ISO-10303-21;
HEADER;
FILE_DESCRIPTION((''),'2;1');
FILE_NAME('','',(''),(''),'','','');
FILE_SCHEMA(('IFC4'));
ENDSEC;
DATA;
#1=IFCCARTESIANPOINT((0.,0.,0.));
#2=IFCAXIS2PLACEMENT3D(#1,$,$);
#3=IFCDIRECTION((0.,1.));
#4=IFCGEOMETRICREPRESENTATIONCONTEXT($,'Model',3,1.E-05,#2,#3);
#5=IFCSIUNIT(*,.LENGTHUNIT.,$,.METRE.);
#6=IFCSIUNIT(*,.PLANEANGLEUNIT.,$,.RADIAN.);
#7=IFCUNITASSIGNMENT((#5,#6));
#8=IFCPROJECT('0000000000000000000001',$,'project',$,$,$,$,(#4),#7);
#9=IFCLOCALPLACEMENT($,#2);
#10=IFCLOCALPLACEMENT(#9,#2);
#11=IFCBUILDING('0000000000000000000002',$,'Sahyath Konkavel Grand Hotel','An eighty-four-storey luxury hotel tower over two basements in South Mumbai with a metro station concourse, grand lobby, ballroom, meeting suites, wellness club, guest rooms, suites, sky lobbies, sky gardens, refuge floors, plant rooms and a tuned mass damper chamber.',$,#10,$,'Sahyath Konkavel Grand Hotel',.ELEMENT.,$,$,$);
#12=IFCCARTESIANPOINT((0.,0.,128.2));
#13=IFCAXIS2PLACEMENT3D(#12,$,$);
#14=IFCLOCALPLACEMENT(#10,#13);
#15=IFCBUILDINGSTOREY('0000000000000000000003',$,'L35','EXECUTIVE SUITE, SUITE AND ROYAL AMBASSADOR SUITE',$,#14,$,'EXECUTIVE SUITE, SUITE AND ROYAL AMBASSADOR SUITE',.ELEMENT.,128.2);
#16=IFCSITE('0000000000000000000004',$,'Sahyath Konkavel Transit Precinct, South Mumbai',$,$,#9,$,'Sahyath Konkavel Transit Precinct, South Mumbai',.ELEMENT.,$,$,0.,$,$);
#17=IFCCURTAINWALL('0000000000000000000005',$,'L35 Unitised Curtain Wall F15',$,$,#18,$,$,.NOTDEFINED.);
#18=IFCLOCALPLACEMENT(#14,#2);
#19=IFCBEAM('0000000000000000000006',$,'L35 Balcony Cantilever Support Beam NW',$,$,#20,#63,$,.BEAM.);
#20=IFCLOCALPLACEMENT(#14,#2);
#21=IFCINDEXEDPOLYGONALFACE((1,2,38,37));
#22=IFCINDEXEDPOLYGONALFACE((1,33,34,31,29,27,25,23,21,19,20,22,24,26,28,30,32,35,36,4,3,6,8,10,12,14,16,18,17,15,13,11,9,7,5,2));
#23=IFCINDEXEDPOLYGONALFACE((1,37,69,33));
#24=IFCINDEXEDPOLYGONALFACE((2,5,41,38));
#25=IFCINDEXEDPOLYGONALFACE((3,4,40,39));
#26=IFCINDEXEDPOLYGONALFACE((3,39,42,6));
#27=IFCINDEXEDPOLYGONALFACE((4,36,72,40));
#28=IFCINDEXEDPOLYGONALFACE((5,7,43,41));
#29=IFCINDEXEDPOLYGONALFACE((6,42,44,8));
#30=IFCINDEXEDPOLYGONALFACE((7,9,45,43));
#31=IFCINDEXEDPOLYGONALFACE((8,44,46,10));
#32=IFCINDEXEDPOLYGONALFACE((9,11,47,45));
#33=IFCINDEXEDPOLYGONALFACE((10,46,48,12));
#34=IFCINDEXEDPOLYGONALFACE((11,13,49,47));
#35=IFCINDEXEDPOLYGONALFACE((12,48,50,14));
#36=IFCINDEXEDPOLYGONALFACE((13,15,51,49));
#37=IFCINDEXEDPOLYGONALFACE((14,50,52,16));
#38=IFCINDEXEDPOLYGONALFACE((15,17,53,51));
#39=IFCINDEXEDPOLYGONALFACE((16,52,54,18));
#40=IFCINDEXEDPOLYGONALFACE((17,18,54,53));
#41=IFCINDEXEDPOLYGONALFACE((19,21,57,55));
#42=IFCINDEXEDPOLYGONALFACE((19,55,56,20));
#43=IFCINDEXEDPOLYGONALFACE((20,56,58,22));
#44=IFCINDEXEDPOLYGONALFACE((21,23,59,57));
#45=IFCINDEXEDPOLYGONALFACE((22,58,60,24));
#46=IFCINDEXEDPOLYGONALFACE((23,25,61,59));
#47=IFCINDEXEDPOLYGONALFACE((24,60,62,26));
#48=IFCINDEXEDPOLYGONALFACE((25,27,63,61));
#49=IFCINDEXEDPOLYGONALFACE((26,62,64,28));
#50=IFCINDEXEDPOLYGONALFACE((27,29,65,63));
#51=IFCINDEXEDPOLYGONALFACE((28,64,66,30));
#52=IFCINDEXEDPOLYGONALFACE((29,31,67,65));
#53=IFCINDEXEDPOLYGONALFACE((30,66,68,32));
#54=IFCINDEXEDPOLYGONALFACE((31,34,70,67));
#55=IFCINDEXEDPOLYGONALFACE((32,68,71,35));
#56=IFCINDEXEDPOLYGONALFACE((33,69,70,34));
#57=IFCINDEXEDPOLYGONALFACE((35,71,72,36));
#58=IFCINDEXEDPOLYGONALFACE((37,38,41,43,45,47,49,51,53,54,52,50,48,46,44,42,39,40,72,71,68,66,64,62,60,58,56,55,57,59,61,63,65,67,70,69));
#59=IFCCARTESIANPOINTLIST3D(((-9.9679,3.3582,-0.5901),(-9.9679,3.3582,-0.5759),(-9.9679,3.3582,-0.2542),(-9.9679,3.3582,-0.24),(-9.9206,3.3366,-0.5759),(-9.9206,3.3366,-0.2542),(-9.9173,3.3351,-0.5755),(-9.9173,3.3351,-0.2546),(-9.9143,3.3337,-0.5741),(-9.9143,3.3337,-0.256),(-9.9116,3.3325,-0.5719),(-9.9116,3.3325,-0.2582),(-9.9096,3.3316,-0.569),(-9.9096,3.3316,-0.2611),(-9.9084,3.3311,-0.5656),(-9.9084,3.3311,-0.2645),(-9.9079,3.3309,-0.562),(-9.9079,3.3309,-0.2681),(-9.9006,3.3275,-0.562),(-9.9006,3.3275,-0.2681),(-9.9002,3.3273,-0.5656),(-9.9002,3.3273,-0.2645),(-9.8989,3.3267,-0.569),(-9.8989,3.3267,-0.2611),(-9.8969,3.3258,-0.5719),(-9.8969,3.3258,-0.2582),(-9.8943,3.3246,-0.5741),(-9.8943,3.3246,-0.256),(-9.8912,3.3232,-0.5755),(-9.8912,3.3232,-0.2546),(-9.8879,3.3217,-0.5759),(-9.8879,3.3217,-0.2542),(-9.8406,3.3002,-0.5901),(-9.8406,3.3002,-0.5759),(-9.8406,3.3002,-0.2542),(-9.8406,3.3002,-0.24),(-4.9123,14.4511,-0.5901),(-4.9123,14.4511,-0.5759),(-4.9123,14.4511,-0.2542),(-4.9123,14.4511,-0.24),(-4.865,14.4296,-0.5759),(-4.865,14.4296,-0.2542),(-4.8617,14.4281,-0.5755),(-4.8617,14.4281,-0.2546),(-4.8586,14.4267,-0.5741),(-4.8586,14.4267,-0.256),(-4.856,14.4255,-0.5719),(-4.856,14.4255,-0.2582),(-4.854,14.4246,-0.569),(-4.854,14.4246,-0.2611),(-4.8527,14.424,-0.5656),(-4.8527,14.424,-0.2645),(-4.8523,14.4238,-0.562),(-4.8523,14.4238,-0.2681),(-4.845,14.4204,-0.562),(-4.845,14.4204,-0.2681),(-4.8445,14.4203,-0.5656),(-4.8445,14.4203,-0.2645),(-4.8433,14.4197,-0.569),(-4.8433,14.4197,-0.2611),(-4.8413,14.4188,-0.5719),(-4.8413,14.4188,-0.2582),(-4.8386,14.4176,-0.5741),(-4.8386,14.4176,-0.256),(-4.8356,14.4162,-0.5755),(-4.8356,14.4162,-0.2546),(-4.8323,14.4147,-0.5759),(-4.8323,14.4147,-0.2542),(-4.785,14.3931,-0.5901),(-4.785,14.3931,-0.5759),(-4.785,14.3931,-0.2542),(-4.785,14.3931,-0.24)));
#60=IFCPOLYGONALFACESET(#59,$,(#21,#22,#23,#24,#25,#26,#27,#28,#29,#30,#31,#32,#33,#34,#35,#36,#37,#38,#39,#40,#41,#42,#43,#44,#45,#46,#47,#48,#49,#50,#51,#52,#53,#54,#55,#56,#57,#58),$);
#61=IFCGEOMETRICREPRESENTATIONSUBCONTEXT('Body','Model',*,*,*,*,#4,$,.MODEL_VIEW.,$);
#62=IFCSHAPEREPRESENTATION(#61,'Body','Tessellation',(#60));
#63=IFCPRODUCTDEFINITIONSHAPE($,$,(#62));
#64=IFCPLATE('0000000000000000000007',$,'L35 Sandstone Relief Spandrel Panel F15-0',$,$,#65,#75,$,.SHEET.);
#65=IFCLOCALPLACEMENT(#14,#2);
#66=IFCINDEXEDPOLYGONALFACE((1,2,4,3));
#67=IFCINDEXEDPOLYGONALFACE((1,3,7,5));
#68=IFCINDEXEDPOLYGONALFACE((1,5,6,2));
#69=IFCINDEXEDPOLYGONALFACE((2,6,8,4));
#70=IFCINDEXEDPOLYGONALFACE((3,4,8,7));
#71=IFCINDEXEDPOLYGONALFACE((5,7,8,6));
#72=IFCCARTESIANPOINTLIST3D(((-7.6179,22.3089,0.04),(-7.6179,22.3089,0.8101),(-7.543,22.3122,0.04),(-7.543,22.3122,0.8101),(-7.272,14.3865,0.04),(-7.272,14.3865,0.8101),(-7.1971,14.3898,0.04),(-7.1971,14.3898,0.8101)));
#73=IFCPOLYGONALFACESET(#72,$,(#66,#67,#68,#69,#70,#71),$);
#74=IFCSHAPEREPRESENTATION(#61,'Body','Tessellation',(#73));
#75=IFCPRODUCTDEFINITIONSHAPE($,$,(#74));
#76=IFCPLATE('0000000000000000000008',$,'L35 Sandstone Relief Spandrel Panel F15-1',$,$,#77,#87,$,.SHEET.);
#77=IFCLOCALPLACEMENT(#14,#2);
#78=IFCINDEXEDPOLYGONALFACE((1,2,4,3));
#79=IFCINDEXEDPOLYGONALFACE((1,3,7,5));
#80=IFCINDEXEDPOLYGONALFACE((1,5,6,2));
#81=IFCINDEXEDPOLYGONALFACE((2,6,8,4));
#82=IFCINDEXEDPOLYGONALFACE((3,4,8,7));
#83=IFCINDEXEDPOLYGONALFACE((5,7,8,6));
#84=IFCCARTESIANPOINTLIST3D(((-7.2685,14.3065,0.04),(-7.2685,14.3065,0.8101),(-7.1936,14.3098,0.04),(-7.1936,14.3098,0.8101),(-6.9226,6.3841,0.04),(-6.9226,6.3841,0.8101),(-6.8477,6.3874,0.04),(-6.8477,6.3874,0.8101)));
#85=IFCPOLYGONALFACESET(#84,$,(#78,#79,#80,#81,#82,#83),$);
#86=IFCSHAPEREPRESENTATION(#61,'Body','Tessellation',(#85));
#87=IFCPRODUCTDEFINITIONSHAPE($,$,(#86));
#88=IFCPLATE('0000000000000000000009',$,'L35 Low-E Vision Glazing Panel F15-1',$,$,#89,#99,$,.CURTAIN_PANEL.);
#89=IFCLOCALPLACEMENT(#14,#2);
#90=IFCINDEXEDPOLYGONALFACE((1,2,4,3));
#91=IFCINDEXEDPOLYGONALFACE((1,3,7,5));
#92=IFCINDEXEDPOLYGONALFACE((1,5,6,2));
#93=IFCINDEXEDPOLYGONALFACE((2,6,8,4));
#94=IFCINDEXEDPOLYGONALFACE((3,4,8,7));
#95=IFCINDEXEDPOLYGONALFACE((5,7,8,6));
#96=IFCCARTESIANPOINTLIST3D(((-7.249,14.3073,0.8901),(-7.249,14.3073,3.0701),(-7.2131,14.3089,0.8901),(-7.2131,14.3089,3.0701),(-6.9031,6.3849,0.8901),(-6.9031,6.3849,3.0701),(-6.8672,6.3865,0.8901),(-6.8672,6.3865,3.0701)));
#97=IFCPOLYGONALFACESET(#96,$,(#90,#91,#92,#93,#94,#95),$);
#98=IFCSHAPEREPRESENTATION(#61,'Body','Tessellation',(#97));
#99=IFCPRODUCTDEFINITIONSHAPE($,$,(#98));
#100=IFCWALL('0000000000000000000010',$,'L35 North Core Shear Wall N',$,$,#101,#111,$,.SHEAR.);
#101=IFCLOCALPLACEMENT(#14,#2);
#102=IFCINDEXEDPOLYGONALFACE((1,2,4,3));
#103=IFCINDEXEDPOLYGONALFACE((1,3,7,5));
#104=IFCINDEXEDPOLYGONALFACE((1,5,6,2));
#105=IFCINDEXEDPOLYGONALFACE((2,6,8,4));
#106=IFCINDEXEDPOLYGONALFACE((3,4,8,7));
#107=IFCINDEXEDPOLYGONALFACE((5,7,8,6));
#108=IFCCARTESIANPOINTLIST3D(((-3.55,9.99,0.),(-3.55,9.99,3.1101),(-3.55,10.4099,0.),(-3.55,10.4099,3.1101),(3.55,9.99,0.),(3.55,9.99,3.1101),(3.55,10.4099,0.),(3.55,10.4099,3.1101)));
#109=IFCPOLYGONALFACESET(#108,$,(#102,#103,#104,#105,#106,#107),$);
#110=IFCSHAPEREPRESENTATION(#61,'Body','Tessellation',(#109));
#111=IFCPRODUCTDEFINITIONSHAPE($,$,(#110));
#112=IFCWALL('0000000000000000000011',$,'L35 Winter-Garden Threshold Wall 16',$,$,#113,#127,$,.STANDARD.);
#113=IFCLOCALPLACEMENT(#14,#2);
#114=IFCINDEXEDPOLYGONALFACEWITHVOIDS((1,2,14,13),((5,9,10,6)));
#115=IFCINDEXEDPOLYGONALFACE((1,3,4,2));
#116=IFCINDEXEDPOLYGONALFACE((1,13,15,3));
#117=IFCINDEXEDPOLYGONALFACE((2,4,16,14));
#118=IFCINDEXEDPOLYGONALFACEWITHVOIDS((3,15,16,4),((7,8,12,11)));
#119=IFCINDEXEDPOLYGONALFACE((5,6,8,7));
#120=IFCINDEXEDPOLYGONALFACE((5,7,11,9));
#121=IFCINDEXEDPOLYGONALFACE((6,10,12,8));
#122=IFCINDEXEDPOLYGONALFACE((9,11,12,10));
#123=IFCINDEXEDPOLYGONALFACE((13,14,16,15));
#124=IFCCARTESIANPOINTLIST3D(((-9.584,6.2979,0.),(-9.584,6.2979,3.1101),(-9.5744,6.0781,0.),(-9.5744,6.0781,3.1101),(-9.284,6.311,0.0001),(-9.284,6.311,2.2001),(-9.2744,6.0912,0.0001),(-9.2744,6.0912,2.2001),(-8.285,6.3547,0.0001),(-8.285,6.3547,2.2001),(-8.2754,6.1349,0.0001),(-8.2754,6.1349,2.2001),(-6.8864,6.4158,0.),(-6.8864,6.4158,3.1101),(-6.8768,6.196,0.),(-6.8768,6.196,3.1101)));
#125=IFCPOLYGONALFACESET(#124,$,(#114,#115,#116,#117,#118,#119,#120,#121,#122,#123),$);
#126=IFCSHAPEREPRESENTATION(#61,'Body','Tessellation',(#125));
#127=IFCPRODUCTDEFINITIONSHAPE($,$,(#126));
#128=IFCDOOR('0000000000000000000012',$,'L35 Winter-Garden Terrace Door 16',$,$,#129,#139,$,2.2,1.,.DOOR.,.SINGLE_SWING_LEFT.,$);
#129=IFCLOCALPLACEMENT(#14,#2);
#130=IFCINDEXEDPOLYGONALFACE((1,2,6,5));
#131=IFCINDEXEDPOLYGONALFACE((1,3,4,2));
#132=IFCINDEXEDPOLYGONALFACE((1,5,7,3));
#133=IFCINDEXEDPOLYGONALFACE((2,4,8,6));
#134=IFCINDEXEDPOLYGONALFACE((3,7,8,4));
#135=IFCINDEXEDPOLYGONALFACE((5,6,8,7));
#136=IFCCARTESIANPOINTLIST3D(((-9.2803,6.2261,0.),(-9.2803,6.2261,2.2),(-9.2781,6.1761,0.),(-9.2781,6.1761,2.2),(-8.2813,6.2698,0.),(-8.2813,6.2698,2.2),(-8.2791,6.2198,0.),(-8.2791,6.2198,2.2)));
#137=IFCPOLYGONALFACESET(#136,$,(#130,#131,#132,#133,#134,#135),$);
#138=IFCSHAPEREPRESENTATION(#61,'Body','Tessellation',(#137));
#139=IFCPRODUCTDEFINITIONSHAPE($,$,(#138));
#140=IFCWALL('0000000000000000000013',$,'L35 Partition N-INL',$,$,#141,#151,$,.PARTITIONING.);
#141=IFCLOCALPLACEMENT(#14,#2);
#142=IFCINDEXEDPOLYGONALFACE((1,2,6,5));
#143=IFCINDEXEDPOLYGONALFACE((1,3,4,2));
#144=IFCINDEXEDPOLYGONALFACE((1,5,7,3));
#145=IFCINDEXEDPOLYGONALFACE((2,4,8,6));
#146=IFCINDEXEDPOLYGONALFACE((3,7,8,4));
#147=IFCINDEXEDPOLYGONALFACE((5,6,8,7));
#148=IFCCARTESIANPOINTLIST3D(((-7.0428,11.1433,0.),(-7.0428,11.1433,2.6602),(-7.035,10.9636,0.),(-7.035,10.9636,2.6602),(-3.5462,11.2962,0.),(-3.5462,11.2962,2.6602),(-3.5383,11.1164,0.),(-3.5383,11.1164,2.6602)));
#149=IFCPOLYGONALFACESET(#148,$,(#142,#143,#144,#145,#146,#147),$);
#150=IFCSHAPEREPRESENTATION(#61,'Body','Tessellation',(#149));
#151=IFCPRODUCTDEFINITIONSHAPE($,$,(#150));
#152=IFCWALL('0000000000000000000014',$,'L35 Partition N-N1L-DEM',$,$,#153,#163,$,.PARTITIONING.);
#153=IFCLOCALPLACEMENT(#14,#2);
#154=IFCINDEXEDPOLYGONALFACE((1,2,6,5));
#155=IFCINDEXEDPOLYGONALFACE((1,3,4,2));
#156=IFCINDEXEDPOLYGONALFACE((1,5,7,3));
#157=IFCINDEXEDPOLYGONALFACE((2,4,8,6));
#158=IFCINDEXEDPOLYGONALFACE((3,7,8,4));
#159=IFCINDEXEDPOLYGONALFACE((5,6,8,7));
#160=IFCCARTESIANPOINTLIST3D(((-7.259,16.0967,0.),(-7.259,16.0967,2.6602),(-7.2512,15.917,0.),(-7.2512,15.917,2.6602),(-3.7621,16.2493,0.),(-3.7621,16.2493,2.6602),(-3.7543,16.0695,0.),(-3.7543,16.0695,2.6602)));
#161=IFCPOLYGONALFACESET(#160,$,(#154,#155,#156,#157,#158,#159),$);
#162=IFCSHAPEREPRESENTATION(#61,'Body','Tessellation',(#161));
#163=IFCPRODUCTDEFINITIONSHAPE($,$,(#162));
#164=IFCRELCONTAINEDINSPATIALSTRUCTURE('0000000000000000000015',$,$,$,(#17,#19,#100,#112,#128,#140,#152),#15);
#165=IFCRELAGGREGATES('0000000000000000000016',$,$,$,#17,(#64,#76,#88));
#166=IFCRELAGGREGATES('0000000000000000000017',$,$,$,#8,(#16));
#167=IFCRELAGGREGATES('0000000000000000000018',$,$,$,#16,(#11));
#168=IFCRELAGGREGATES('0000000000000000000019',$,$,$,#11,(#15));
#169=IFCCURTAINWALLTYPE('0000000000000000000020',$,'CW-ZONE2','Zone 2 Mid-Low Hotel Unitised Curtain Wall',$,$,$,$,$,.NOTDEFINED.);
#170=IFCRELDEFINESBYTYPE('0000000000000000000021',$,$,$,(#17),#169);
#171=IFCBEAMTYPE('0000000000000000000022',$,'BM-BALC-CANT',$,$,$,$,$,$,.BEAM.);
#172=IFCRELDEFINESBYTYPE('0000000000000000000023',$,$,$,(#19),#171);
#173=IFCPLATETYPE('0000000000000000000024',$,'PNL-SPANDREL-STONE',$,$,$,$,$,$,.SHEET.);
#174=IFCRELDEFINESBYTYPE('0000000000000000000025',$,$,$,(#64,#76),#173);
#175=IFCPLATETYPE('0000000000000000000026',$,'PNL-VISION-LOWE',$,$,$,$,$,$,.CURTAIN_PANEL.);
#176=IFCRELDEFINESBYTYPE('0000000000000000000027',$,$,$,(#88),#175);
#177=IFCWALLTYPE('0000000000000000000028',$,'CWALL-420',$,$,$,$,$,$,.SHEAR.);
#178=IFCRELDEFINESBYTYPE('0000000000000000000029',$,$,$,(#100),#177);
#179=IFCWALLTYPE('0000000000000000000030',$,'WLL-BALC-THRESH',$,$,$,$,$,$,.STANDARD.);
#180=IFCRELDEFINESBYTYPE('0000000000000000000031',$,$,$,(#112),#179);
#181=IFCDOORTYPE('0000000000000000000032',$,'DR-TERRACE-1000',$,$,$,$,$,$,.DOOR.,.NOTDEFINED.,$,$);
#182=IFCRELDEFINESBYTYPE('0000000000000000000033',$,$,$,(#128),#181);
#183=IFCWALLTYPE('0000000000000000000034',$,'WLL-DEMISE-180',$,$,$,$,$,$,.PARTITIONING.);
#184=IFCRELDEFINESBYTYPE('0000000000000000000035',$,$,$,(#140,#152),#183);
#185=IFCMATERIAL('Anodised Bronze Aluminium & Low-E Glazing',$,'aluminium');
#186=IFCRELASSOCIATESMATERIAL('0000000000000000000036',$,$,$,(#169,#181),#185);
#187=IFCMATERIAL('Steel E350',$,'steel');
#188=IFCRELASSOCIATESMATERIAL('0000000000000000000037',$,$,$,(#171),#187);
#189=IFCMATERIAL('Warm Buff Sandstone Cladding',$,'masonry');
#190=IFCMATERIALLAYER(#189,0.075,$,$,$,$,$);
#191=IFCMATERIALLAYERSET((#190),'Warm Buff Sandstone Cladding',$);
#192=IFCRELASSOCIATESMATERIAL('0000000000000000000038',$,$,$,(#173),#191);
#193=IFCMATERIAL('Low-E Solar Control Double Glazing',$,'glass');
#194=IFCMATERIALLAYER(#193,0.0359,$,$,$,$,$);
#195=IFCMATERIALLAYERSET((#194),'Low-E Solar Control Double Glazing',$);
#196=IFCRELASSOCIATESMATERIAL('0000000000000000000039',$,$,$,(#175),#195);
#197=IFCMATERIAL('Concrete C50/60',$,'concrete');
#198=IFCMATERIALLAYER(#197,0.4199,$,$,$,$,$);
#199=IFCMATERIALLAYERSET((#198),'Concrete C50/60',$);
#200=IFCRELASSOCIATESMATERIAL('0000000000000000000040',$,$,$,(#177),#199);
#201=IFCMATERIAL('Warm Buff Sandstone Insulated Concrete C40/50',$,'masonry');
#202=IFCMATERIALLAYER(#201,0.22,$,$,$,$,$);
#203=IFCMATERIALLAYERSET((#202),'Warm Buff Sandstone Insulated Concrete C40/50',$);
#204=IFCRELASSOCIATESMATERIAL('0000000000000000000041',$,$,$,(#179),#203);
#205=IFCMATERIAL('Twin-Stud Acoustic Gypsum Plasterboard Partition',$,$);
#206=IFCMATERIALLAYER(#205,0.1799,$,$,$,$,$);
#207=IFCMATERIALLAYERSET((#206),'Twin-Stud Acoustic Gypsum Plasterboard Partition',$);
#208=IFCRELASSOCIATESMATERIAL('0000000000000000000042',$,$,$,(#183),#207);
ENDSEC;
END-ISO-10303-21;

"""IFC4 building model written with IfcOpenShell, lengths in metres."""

from ifc_helpers import new_model, si_unit, direction, frame, frame_2d, origin, origin_2d, place, context, subcontext, project, spatial, rectangle, i_section, extrude, source, transform, mapped, material, layer, layer_set, material_profile, profile_set, type_object, element, fill, aggregate, save


model = new_model("IFC4")

# Units and contexts
model_context = context("Model", 3, precision=1e-05, world=origin(), true_north=direction((0.0, 1.0)))
body_context = subcontext(model_context, "Body", "Model", "MODEL_VIEW")
ifc_project = project(units=[si_unit("LENGTHUNIT", "METRE"), si_unit("PLANEANGLEUNIT", "RADIAN")], contexts=[model_context])

# Site, building, storey
site_placement = place(None, origin())
site = spatial("IfcSite", under=ifc_project, at=site_placement, Name="Sahyath Konkavel Transit Precinct, South Mumbai", LongName="Sahyath Konkavel Transit Precinct, South Mumbai", CompositionType="ELEMENT", RefElevation=0.0)
building_placement = place(site_placement, origin())
building = spatial("IfcBuilding", under=site, at=building_placement, Name="Sahyath Konkavel Grand Hotel", Description="An eighty-four-storey luxury hotel tower over two basements in South Mumbai with a metro station concourse, grand lobby, ballroom, meeting suites, wellness club, guest rooms, suites, sky lobbies, sky gardens, refuge floors, plant rooms and a tuned mass damper chamber.", LongName="Sahyath Konkavel Grand Hotel", CompositionType="ELEMENT")
storey_placement = place(building_placement, frame((0.0, 0.0, 128.2)))
storey = spatial("IfcBuildingStorey", under=building, at=storey_placement, Name="L35", Description="EXECUTIVE SUITE, SUITE AND ROYAL AMBASSADOR SUITE", LongName="EXECUTIVE SUITE, SUITE AND ROYAL AMBASSADOR SUITE", CompositionType="ELEMENT", Elevation=128.2)

# Shared definitions
ifc_material_1 = material(Name="Steel E350", Category="steel")

# Curtain wall
ifc_material_2 = material(Name="Anodised Bronze Aluminium & Low-E Glazing", Category="aluminium")
curtain_wall_type = type_object("IfcCurtainWallType", Name="CW-ZONE2", Description="Zone 2 Mid-Low Hotel Unitised Curtain Wall", PredefinedType="NOTDEFINED", material=ifc_material_2)
curtain_wall_placement = place(storey_placement, origin())
curtain_wall = element("IfcCurtainWall", 1, at=curtain_wall_placement, inside=storey, type_object=curtain_wall_type, Name="L35 Unitised Curtain Wall F15", PredefinedType="NOTDEFINED")

# Beam
ifc_material_profile_1 = material_profile(ifc_material_1, i_section(OverallWidth=0.1399, OverallDepth=0.3501, WebThickness=0.0081, FlangeThickness=0.0142, FilletRadius=0.0139, at=origin_2d()), Name="ISMB 350")
ifc_profile_set_1 = profile_set([ifc_material_profile_1], Name="Steel E350")
beam_type_1 = type_object("IfcBeamType", Name="BM-BALC-CANT", PredefinedType="BEAM", material=ifc_profile_set_1)
shared_shape_1 = source(origin(), body_context, "Body", "SweptSolid", [
    extrude(i_section(OverallWidth=0.1399, OverallDepth=0.3501, WebThickness=0.0081, FlangeThickness=0.0142, FilletRadius=0.0139, at=origin_2d()), origin(), (0.0, 0.0, 1.0), 12.1907),
])
beam_1_placement = place(storey_placement, frame((-4.8486, 14.4221, -0.415), z_axis=(-0.414713, -0.909952, 0.0), x_axis=(0.909952, -0.414713, 0.0)))
element("IfcBeam", 2, at=beam_1_placement, inside=storey, type_object=beam_type_1, Name="L35 Balcony Cantilever Support Beam NW", PredefinedType="BEAM", context=body_context, shape_type="MappedRepresentation", body=[
    mapped(shared_shape_1, transform((0.0, 0.0, 0.0), scale=1.0)),
])

# Plates
ifc_material_3 = material(Name="Warm Buff Sandstone Cladding", Category="masonry")
ifc_layer_1 = layer(ifc_material_3, 0.075)
ifc_layer_set_1 = layer_set([ifc_layer_1], Name="Warm Buff Sandstone Cladding")
plate_type_1 = type_object("IfcPlateType", Name="PNL-SPANDREL-STONE", PredefinedType="SHEET", material=ifc_layer_set_1)
shared_shape_2 = source(origin(), body_context, "Body", "SweptSolid", [
    extrude(rectangle(XDim=7.9299, YDim=0.075, at=origin_2d()), origin(), (0.0, 0.0, 1.0), 0.77),
])
plate_1_placement = place(storey_placement, frame((-7.4075, 18.3494, 0.04), z_axis=(0.0, 0.0, 1.0), x_axis=(0.043619, -0.999048, 0.0)))
plate_1 = element("IfcPlate", 3, at=plate_1_placement, type_object=plate_type_1, Name="L35 Sandstone Relief Spandrel Panel F15-0", PredefinedType="SHEET", context=body_context, shape_type="MappedRepresentation", body=[
    mapped(shared_shape_2, transform((0.0, 0.0, 0.0), scale=1.0)),
])
plate_2_placement = place(storey_placement, frame((-7.0581, 10.3469, 0.04), z_axis=(0.0, 0.0, 1.0), x_axis=(0.043619, -0.999048, 0.0)))
plate_2 = element("IfcPlate", 4, at=plate_2_placement, type_object=plate_type_1, Name="L35 Sandstone Relief Spandrel Panel F15-1", PredefinedType="SHEET", context=body_context, shape_type="MappedRepresentation", body=[
    mapped(shared_shape_2, transform((0.0, 0.0, 0.0), scale=1.0)),
])
ifc_material_4 = material(Name="Low-E Solar Control Double Glazing", Category="glass")
ifc_layer_2 = layer(ifc_material_4, 0.0359)
ifc_layer_set_2 = layer_set([ifc_layer_2], Name="Low-E Solar Control Double Glazing")
plate_type_2 = type_object("IfcPlateType", Name="PNL-VISION-LOWE", PredefinedType="CURTAIN_PANEL", material=ifc_layer_set_2)
shared_shape_3 = source(origin(), body_context, "Body", "SweptSolid", [
    extrude(rectangle(XDim=7.9299, YDim=0.0359, at=origin_2d()), origin(), (0.0, 0.0, 1.0), 2.1799),
])
plate_3_placement = place(storey_placement, frame((-7.0581, 10.3469, 0.8901), z_axis=(0.0, 0.0, 1.0), x_axis=(0.043619, -0.999048, 0.0)))
plate_3 = element("IfcPlate", 5, at=plate_3_placement, type_object=plate_type_2, Name="L35 Low-E Vision Glazing Panel F15-1", PredefinedType="CURTAIN_PANEL", context=body_context, shape_type="MappedRepresentation", body=[
    mapped(shared_shape_3, transform((0.0, 0.0, 0.0), scale=1.0)),
])
aggregate(curtain_wall, [plate_1, plate_2, plate_3])

# Wall
ifc_material_5 = material(Name="Concrete C50/60", Category="concrete")
ifc_layer_3 = layer(ifc_material_5, 0.4199)
ifc_layer_set_3 = layer_set([ifc_layer_3], Name="Concrete C50/60")
wall_type_1 = type_object("IfcWallType", Name="CWALL-420", PredefinedType="SHEAR", material=ifc_layer_set_3)
wall_1_placement = place(storey_placement, frame((-3.55, 10.2, 0.0), z_axis=(0.0, 0.0, 1.0), x_axis=(1.0, 0.0, 0.0)))
element("IfcWall", 6, at=wall_1_placement, inside=storey, type_object=wall_type_1, Name="L35 North Core Shear Wall N", PredefinedType="SHEAR", context=body_context, shape_type="SweptSolid", body=[
    extrude(rectangle(XDim=7.1001, YDim=0.4199, at=frame_2d((3.55, 0.0))), origin(), (0.0, 0.0, 1.0), 3.1101),
])

# Wall, opening, door
ifc_material_6 = material(Name="Warm Buff Sandstone Insulated Concrete C40/50", Category="masonry")
ifc_layer_4 = layer(ifc_material_6, 0.22)
ifc_layer_set_4 = layer_set([ifc_layer_4], Name="Warm Buff Sandstone Insulated Concrete C40/50")
wall_type_2 = type_object("IfcWallType", Name="WLL-BALC-THRESH", PredefinedType="STANDARD", material=ifc_layer_set_4)
wall_2_placement = place(storey_placement, frame((-6.8816, 6.3059, 0.0), z_axis=(0.0, 0.0, 1.0), x_axis=(-0.999046, -0.043673, 0.0)))
wall_2 = element("IfcWall", 7, at=wall_2_placement, inside=storey, type_object=wall_type_2, Name="L35 Winter-Garden Threshold Wall 16", PredefinedType="STANDARD", context=body_context, shape_type="SweptSolid", body=[
    extrude(rectangle(XDim=2.7002, YDim=0.22, at=frame_2d((1.3501, 0.0))), origin(), (0.0, 0.0, 1.0), 3.1101),
])
opening_1_placement = place(wall_2_placement, frame((1.3999, 0.0, 0.0)))
opening_1 = element("IfcOpeningElement", 8, at=opening_1_placement, cuts=wall_2, PredefinedType="OPENING", context=body_context, shape_type="SweptSolid", body=[
    extrude(rectangle(XDim=1.0, YDim=2.2, at=frame_2d((0.5, 1.1001))), frame((0.0, 0.1201, 0.0), z_axis=(0.0, -1.0, 0.0), x_axis=(1.0, 0.0, 0.0)), (0.0, 0.0, 1.0), 0.24),
])
door_type_1 = type_object("IfcDoorType", Name="DR-TERRACE-1000", OperationType="NOTDEFINED", PredefinedType="DOOR", material=ifc_material_2)
shared_shape_4 = source(origin(), body_context, "Body", "SweptSolid", [
    extrude(rectangle(XDim=1.0, YDim=0.05, at=origin_2d()), origin(), (0.0, 0.0, 1.0), 2.2),
])
door_1_placement = place(opening_1_placement, frame((0.5, 0.0, 0.0)))
door_1 = element("IfcDoor", 9, at=door_1_placement, inside=storey, type_object=door_type_1, Name="L35 Winter-Garden Terrace Door 16", OperationType="SINGLE_SWING_LEFT", OverallHeight=2.2, OverallWidth=1.0, PredefinedType="DOOR", context=body_context, shape_type="MappedRepresentation", body=[
    mapped(shared_shape_4, transform((0.0, 0.0, 0.0), scale=1.0)),
])
fill(opening_1, door_1)

# Walls
ifc_material_7 = material(Name="Twin-Stud Acoustic Gypsum Plasterboard Partition")
ifc_layer_5 = layer(ifc_material_7, 0.1799)
ifc_layer_set_5 = layer_set([ifc_layer_5], Name="Twin-Stud Acoustic Gypsum Plasterboard Partition")
wall_type_3 = type_object("IfcWallType", Name="WLL-DEMISE-180", PredefinedType="PARTITIONING", material=ifc_layer_set_5)
wall_3_placement = place(storey_placement, frame((-3.5422, 11.2063, 0.0), z_axis=(0.0, 0.0, 1.0), x_axis=(-0.999046, -0.043667, 0.0)))
element("IfcWall", 10, at=wall_3_placement, inside=storey, type_object=wall_type_3, Name="L35 Partition N-INL", PredefinedType="PARTITIONING", context=body_context, shape_type="SweptSolid", body=[
    extrude(rectangle(XDim=3.5, YDim=0.1799, at=frame_2d((1.75, 0.0))), origin(), (0.0, 0.0, 1.0), 2.6602),
])
wall_4_placement = place(storey_placement, frame((-3.7583, 16.1594, 0.0), z_axis=(0.0, 0.0, 1.0), x_axis=(-0.999049, -0.043595, 0.0)))
element("IfcWall", 11, at=wall_4_placement, inside=storey, type_object=wall_type_3, Name="L35 Partition N-N1L-DEM", PredefinedType="PARTITIONING", context=body_context, shape_type="SweptSolid", body=[
    extrude(rectangle(XDim=3.5002, YDim=0.1799, at=frame_2d((1.75, 0.0))), origin(), (0.0, 0.0, 1.0), 2.6602),
])

save(model, "model.ifc")
